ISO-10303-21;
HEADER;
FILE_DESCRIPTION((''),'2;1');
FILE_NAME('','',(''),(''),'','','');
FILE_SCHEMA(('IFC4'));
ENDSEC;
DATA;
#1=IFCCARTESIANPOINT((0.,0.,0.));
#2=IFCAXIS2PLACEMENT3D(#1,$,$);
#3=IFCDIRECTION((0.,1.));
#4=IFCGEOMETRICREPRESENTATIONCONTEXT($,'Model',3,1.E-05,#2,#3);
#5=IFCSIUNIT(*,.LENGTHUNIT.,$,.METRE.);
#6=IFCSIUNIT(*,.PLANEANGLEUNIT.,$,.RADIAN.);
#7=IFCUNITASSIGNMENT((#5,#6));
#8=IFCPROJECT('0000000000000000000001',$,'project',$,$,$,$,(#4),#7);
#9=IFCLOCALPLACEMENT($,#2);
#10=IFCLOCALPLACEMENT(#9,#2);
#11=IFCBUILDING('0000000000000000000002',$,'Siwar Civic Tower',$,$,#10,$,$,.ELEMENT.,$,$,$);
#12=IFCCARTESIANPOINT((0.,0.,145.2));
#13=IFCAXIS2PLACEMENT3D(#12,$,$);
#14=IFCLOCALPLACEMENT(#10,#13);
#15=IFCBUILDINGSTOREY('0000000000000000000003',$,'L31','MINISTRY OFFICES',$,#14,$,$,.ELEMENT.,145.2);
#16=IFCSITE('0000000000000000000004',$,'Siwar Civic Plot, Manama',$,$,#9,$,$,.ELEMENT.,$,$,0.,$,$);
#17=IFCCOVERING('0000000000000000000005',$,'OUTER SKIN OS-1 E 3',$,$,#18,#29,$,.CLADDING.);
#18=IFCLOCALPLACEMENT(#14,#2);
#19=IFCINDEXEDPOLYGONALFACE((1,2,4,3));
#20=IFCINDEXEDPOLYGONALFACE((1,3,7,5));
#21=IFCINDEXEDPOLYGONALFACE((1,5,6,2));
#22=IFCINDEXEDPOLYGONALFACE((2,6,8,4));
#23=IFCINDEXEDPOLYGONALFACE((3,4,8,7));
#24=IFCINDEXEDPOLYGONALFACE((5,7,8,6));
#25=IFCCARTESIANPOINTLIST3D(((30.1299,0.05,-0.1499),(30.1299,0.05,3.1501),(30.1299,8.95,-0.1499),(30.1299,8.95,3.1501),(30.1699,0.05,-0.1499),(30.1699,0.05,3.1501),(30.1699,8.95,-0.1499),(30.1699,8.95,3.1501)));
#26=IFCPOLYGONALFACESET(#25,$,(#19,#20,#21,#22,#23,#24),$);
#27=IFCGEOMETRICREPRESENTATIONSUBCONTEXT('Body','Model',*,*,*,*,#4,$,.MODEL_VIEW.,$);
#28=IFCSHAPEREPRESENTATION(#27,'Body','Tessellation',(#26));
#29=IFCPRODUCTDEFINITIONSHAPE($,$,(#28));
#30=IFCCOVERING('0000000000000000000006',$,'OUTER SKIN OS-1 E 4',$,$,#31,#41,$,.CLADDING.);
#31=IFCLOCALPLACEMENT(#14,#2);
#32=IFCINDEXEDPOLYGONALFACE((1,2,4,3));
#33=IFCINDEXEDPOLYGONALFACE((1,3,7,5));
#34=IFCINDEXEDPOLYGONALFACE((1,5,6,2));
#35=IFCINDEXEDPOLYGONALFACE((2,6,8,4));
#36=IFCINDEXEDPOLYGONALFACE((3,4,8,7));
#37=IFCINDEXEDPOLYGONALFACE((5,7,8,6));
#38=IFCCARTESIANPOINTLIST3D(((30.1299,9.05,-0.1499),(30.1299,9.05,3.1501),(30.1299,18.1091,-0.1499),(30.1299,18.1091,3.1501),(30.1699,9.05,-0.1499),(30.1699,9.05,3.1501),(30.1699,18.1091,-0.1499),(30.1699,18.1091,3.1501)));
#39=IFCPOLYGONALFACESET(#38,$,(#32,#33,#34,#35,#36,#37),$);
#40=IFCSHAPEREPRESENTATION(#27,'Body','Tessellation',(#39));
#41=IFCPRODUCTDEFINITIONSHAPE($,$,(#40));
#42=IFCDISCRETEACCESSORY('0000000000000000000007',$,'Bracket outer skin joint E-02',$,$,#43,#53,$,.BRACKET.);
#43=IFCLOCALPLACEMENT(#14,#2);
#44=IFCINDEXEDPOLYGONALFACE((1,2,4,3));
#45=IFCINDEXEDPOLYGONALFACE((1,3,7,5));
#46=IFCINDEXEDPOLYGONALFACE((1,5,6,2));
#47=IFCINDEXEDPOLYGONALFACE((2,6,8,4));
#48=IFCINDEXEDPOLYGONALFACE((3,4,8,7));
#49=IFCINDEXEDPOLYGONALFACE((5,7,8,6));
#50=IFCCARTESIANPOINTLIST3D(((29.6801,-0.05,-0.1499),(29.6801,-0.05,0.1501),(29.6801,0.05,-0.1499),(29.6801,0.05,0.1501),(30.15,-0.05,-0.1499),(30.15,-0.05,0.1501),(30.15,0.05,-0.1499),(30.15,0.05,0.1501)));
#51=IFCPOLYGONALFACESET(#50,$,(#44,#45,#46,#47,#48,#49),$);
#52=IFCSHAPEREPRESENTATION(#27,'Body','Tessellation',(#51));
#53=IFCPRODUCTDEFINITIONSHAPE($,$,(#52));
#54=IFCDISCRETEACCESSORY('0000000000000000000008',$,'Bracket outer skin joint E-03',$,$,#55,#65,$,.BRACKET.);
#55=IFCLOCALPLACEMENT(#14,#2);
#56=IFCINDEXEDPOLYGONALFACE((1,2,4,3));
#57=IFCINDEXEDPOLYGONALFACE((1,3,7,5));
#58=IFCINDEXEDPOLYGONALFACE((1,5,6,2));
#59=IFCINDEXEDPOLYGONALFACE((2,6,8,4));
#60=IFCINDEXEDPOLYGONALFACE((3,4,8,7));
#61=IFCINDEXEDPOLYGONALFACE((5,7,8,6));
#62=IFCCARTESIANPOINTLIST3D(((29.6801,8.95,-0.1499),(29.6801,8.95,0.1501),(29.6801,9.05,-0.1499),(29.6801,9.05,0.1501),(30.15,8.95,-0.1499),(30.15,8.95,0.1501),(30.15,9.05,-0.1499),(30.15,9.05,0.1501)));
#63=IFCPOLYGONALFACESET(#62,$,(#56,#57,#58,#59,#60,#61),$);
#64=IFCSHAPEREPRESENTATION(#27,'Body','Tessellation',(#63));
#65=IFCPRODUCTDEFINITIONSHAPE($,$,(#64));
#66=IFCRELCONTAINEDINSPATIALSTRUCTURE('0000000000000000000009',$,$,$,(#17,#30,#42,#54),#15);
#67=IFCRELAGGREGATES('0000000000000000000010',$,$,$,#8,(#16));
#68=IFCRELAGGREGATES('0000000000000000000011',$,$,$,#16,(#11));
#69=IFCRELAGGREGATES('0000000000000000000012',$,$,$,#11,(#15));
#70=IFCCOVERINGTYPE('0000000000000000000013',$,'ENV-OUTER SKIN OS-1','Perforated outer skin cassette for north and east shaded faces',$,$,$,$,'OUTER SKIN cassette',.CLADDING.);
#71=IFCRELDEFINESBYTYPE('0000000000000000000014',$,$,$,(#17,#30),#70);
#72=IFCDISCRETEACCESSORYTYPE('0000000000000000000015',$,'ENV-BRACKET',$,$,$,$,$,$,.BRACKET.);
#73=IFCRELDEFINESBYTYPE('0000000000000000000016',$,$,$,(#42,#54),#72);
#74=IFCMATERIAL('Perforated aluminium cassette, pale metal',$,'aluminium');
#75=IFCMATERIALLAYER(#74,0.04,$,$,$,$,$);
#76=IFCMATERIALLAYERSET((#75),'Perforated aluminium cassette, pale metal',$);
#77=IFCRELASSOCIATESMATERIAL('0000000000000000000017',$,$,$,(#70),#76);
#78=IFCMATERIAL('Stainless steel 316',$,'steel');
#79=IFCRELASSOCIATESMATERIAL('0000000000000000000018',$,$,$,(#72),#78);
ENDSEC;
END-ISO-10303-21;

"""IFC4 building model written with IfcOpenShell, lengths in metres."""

from ifc_helpers import new_model, si_unit, direction, frame, origin, origin_2d, place, context, subcontext, project, spatial, rectangle, extrude, material, layer, layer_set, type_object, element, save


model = new_model("IFC4")

# Units and contexts
model_context = context("Model", 3, precision=1e-05, world=origin(), true_north=direction((0.0, 1.0)))
body_context = subcontext(model_context, "Body", "Model", "MODEL_VIEW")
ifc_project = project(units=[si_unit("LENGTHUNIT", "METRE"), si_unit("PLANEANGLEUNIT", "RADIAN")], contexts=[model_context])

# Site, building, storey
site_placement = place(None, origin())
site = spatial("IfcSite", under=ifc_project, at=site_placement, Name="Siwar Civic Plot, Manama", CompositionType="ELEMENT", RefElevation=0.0)
building_placement = place(site_placement, origin())
building = spatial("IfcBuilding", under=site, at=building_placement, Name="Siwar Civic Tower", CompositionType="ELEMENT")
storey_placement = place(building_placement, frame((0.0, 0.0, 145.2)))
storey = spatial("IfcBuildingStorey", under=building, at=storey_placement, Name="L31", Description="MINISTRY OFFICES", CompositionType="ELEMENT", Elevation=145.2)

# Coverings
ifc_material_1 = material(Name="Perforated aluminium cassette, pale metal", Category="aluminium")
ifc_layer_1 = layer(ifc_material_1, 0.04)
ifc_layer_set_1 = layer_set([ifc_layer_1], Name="Perforated aluminium cassette, pale metal")
covering_type = type_object("IfcCoveringType", Name="ENV-OUTER SKIN OS-1", Description="Perforated outer skin cassette for north and east shaded faces", ElementType="OUTER SKIN cassette", PredefinedType="CLADDING", material=ifc_layer_set_1)
covering_1_placement = place(storey_placement, frame((30.1499, 4.5, -0.1499), z_axis=(0.0, 0.0, 1.0), x_axis=(0.0, 1.0, 0.0)))
element("IfcCovering", 1, at=covering_1_placement, inside=storey, type_object=covering_type, Name="OUTER SKIN OS-1 E 3", PredefinedType="CLADDING", context=body_context, shape_type="SweptSolid", body=[
    extrude(rectangle(XDim=8.8999, YDim=0.04, at=origin_2d()), origin(), (0.0, 0.0, 1.0), 3.3),
])
covering_2_placement = place(storey_placement, frame((30.1499, 13.5796, -0.1499), z_axis=(0.0, 0.0, 1.0), x_axis=(0.0, 1.0, 0.0)))
element("IfcCovering", 2, at=covering_2_placement, inside=storey, type_object=covering_type, Name="OUTER SKIN OS-1 E 4", PredefinedType="CLADDING", context=body_context, shape_type="SweptSolid", body=[
    extrude(rectangle(XDim=9.0591, YDim=0.04, at=origin_2d()), origin(), (0.0, 0.0, 1.0), 3.3),
])

# Discrete accessories
ifc_material_2 = material(Name="Stainless steel 316", Category="steel")
discrete_accessory_type = type_object("IfcDiscreteAccessoryType", Name="ENV-BRACKET", PredefinedType="BRACKET", material=ifc_material_2)
for number, where, z_axis, x_axis, name in (
    (3, (29.915, 0.0, -0.1499), (0.0, 0.0, 1.0), (1.0, 0.0, 0.0), "Bracket outer skin joint E-02"),
    (4, (29.915, 9.0, -0.1499), (0.0, 0.0, 1.0), (1.0, 0.0, 0.0), "Bracket outer skin joint E-03"),
):
    element("IfcDiscreteAccessory", number, at=place(storey_placement, frame(where, z_axis=z_axis, x_axis=x_axis)), inside=storey, type_object=discrete_accessory_type, Name=name, PredefinedType="BRACKET", context=body_context, shape_type="SweptSolid", body=[
        extrude(rectangle(XDim=0.47, YDim=0.1001, at=origin_2d()), origin(), (0.0, 0.0, 1.0), 0.3),
    ])

save(model, "model.ifc")
